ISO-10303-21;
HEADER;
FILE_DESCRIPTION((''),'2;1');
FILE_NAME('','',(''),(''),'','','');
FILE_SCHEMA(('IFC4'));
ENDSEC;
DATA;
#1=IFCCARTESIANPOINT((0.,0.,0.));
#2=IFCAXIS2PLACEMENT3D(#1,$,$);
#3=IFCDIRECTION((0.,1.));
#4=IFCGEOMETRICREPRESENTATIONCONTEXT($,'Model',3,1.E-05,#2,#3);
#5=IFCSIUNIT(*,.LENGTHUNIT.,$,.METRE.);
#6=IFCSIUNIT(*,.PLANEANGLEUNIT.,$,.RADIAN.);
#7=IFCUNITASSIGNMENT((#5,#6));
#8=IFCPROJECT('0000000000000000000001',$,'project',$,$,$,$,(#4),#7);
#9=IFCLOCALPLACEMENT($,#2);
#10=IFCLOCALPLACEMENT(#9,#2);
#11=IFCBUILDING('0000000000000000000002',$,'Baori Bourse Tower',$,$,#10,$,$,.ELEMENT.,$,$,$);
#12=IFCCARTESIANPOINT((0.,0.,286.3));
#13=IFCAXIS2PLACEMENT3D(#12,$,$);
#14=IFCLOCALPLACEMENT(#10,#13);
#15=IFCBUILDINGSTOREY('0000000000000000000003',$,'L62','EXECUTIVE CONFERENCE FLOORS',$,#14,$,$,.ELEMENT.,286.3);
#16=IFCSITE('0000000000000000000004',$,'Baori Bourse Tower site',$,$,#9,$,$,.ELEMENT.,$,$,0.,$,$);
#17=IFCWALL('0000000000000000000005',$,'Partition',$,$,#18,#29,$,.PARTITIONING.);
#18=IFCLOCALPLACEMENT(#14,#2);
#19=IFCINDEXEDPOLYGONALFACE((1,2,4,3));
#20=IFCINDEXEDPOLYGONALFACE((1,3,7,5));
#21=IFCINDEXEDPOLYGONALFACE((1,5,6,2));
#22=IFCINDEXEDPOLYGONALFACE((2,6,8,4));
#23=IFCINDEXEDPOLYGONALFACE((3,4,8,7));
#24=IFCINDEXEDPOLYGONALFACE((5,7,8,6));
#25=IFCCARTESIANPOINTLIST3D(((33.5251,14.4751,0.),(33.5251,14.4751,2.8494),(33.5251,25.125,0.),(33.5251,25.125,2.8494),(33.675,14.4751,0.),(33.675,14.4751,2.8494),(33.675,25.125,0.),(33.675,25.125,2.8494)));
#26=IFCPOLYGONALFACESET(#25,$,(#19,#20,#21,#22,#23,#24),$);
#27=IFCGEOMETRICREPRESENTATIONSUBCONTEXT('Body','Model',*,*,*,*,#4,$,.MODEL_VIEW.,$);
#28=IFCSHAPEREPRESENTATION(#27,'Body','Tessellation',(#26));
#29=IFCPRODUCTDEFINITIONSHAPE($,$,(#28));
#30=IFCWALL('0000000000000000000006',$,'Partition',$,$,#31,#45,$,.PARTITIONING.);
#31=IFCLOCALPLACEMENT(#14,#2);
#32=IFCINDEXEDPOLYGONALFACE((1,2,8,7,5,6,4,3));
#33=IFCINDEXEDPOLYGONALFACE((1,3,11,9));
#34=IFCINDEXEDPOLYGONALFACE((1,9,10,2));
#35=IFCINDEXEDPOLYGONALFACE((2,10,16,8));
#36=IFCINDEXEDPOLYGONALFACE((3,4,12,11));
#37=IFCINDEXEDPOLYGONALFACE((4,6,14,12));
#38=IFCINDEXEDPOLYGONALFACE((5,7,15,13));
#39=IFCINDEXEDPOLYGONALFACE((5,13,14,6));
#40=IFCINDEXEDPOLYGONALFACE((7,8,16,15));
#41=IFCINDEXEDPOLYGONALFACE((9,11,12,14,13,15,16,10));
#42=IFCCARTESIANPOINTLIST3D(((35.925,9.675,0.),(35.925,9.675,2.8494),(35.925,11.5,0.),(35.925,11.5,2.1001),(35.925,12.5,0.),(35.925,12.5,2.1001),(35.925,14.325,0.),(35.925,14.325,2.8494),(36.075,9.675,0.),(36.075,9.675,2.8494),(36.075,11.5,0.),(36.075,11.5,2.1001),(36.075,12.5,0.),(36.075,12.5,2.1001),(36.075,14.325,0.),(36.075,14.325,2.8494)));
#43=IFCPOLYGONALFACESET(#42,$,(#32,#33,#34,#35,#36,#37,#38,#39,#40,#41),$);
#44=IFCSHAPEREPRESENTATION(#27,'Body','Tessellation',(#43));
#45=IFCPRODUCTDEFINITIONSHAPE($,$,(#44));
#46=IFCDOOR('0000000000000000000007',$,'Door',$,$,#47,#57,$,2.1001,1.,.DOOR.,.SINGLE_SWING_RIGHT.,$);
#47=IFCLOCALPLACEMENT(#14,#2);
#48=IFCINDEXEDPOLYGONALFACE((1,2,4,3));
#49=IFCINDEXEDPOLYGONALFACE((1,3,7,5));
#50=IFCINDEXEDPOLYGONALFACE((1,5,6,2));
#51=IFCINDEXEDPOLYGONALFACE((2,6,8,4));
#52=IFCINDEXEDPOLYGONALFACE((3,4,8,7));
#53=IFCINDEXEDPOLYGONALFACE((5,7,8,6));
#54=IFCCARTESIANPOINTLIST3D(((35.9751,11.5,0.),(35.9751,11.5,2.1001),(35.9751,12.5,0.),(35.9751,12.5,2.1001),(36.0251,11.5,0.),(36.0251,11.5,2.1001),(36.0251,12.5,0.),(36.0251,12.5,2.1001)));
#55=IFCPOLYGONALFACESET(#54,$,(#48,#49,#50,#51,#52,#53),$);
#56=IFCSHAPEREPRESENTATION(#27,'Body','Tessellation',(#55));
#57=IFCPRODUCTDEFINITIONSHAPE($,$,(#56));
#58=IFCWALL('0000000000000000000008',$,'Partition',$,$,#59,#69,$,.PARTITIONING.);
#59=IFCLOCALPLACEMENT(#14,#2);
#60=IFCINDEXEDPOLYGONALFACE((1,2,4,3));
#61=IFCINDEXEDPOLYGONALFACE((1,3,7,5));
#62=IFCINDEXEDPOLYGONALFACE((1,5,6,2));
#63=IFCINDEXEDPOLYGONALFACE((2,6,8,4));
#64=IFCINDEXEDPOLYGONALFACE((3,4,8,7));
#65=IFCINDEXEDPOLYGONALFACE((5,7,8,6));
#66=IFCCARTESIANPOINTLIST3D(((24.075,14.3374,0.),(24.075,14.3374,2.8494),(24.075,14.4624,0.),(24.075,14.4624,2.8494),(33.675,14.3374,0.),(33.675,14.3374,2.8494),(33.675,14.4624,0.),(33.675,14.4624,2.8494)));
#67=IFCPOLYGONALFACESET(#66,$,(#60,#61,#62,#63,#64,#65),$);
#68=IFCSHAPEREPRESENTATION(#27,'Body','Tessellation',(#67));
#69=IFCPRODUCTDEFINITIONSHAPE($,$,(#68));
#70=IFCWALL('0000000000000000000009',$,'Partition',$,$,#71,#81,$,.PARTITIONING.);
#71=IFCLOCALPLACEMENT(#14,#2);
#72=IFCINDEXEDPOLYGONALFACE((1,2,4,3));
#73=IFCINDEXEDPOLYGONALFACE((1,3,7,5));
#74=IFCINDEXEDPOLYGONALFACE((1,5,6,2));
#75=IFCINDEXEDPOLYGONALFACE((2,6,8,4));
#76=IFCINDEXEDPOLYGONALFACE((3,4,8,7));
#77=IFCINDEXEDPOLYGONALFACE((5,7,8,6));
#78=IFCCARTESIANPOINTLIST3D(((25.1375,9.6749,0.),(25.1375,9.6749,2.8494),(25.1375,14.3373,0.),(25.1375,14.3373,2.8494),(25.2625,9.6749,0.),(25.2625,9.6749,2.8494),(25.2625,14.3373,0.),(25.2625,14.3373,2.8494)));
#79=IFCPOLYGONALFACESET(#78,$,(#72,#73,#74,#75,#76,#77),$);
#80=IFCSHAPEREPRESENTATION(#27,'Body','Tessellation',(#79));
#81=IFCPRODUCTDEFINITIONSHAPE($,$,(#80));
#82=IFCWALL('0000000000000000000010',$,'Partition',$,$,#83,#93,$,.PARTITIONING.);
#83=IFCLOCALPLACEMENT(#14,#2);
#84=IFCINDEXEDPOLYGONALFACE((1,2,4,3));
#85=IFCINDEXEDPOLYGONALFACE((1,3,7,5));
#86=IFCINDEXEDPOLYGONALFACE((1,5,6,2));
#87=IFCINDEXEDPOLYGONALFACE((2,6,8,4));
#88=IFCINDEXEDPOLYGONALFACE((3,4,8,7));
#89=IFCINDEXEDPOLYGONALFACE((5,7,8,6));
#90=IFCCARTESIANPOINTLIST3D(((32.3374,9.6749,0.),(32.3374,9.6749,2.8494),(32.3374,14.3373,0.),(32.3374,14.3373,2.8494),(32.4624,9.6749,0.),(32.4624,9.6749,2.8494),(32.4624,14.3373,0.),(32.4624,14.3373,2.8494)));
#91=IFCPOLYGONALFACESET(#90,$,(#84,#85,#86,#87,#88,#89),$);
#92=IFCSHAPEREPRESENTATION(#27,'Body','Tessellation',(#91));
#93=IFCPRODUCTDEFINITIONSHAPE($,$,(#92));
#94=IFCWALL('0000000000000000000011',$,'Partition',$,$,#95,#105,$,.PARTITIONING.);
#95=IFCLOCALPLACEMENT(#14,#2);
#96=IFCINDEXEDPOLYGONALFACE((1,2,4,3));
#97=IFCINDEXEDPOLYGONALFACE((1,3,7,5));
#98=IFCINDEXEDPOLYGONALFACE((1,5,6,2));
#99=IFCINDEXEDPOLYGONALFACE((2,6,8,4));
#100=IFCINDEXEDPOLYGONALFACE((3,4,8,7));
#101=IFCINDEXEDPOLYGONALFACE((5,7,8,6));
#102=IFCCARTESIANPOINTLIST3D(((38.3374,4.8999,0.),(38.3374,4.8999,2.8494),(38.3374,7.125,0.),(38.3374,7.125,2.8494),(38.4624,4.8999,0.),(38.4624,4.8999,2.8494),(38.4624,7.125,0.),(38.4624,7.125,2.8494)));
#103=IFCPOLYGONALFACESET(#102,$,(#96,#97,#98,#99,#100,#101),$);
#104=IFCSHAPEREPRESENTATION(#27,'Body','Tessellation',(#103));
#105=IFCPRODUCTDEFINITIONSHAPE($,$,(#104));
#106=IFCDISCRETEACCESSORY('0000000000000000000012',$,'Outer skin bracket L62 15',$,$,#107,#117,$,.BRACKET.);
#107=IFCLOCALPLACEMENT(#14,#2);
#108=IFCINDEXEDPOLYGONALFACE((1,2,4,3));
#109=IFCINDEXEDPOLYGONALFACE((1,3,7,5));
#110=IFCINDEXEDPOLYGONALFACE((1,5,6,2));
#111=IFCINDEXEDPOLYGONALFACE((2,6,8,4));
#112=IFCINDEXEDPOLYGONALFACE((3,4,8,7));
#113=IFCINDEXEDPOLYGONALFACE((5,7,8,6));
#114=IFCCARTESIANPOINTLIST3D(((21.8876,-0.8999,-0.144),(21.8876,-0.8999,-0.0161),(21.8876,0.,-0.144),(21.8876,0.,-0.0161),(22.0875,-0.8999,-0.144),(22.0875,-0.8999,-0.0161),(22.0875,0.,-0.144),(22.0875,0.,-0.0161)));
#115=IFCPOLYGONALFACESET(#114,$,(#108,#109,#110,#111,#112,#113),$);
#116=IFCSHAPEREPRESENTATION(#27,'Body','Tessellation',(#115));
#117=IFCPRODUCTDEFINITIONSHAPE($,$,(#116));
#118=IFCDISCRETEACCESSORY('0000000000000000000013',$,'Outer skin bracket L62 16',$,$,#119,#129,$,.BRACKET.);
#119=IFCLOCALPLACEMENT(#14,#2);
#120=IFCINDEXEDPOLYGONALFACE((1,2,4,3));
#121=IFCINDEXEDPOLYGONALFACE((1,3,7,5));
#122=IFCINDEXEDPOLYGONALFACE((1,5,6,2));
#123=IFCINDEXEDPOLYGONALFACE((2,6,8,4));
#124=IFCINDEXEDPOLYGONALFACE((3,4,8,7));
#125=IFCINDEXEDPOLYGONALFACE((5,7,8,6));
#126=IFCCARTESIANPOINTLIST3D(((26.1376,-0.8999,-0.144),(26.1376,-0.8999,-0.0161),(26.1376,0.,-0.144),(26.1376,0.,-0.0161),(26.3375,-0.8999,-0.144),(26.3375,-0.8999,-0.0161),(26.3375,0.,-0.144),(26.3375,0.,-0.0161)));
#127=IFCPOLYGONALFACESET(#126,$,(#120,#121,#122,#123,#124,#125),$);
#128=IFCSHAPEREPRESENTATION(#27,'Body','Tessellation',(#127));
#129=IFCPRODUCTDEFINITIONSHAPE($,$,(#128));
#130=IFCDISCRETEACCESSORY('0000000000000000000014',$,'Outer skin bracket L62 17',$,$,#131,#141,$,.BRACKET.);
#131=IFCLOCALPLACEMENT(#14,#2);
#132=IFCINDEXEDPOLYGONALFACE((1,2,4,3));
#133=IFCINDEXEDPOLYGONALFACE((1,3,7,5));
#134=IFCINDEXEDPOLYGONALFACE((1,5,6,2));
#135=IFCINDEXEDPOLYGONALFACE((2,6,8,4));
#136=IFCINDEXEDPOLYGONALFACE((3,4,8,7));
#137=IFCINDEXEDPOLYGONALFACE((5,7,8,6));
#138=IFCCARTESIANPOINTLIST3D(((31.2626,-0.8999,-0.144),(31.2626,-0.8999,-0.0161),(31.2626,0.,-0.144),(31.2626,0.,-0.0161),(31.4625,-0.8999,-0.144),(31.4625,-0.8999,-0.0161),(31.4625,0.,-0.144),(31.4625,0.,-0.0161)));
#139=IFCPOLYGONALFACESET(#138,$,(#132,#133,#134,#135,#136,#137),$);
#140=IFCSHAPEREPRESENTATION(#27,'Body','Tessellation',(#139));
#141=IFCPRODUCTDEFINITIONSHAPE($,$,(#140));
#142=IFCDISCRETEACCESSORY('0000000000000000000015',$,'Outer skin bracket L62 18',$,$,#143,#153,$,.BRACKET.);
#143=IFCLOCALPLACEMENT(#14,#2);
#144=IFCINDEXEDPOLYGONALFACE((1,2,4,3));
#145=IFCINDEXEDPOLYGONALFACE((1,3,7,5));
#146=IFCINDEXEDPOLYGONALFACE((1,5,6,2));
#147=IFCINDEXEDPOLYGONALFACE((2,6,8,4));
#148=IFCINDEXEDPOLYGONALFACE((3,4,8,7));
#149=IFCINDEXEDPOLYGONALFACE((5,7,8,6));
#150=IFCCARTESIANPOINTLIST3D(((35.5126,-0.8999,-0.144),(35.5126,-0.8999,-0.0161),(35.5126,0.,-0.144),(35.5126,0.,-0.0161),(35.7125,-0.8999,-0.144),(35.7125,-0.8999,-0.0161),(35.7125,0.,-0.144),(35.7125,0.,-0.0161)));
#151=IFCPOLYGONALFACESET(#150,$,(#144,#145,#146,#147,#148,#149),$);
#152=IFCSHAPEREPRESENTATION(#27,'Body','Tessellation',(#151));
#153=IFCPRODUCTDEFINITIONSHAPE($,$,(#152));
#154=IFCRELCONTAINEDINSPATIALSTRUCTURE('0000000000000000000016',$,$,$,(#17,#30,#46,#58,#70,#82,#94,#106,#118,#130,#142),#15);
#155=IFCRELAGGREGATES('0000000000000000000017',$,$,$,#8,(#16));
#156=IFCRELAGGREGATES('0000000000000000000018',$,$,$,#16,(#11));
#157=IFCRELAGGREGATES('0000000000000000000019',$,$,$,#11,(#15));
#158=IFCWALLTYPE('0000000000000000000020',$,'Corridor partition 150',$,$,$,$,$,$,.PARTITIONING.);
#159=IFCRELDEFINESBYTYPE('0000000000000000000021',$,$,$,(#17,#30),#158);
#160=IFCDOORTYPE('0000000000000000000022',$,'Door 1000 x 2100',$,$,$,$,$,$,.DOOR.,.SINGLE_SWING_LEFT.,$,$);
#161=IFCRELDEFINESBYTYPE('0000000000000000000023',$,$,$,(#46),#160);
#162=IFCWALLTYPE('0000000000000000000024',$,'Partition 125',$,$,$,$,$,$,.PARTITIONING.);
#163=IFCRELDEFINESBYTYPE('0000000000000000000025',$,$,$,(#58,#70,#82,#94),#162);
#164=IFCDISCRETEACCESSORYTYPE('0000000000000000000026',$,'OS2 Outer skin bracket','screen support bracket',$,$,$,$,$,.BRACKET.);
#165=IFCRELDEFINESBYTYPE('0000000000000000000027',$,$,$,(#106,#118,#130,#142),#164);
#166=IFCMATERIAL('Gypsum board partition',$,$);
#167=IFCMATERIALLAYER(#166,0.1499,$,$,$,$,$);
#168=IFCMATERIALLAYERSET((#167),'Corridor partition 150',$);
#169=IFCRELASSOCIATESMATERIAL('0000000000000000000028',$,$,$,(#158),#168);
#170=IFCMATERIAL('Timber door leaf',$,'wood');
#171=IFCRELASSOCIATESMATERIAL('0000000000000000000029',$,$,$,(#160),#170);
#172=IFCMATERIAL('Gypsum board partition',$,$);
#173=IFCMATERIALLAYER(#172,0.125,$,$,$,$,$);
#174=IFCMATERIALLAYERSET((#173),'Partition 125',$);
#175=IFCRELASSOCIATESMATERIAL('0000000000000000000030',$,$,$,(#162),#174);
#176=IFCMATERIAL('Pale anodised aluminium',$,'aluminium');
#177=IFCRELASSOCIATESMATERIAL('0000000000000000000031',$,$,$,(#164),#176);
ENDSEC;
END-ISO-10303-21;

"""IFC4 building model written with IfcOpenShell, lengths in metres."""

from ifc_helpers import new_model, si_unit, direction, frame, frame_2d, origin, origin_2d, place, context, subcontext, project, spatial, rectangle, extrude, material, layer, layer_set, type_object, element, fill, save


model = new_model("IFC4")

# Units and contexts
model_context = context("Model", 3, precision=1e-05, world=origin(), true_north=direction((0.0, 1.0)))
body_context = subcontext(model_context, "Body", "Model", "MODEL_VIEW")
ifc_project = project(units=[si_unit("LENGTHUNIT", "METRE"), si_unit("PLANEANGLEUNIT", "RADIAN")], contexts=[model_context])

# Site, building, storey
site_placement = place(None, origin())
site = spatial("IfcSite", under=ifc_project, at=site_placement, Name="Baori Bourse Tower site", CompositionType="ELEMENT", RefElevation=0.0)
building_placement = place(site_placement, origin())
building = spatial("IfcBuilding", under=site, at=building_placement, Name="Baori Bourse Tower", CompositionType="ELEMENT")
storey_placement = place(building_placement, frame((0.0, 0.0, 286.3)))
storey = spatial("IfcBuildingStorey", under=building, at=storey_placement, Name="L62", Description="EXECUTIVE CONFERENCE FLOORS", CompositionType="ELEMENT", Elevation=286.3)

# Shared definitions
ifc_material_1 = material(Name="Gypsum board partition")
ifc_layer_1 = layer(ifc_material_1, 0.1499)
ifc_layer_set_1 = layer_set([ifc_layer_1], Name="Corridor partition 150")
wall_type_1 = type_object("IfcWallType", Name="Corridor partition 150", PredefinedType="PARTITIONING", material=ifc_layer_set_1)

# Shared definitions
ifc_material_2 = material(Name="Timber door leaf", Category="wood")
door_type = type_object("IfcDoorType", Name="Door 1000 x 2100", OperationType="SINGLE_SWING_LEFT", PredefinedType="DOOR", material=ifc_material_2)

# Wall
wall_1_placement = place(storey_placement, frame((33.6001, 14.4751, 0.0), z_axis=(0.0, 0.0, 1.0), x_axis=(0.0, 1.0, 0.0)))
element("IfcWall", 1, at=wall_1_placement, inside=storey, type_object=wall_type_1, Name="Partition", PredefinedType="PARTITIONING", context=body_context, shape_type="SweptSolid", body=[
    extrude(rectangle(XDim=10.6499, YDim=0.1499, at=frame_2d((5.325, 0.0))), origin(), (0.0, 0.0, 1.0), 2.8494),
])

# Wall, opening, door
wall_2_placement = place(storey_placement, frame((36.0, 9.675, 0.0), z_axis=(0.0, 0.0, 1.0), x_axis=(0.0, 1.0, 0.0)))
wall_2 = element("IfcWall", 2, at=wall_2_placement, inside=storey, type_object=wall_type_1, Name="Partition", PredefinedType="PARTITIONING", context=body_context, shape_type="SweptSolid", body=[
    extrude(rectangle(XDim=4.6499, YDim=0.1499, at=frame_2d((2.325, 0.0))), origin(), (0.0, 0.0, 1.0), 2.8494),
])
opening_1_placement = place(wall_2_placement, frame((1.825, 0.0, 0.0)))
opening_1 = element("IfcOpeningElement", 3, at=opening_1_placement, cuts=wall_2, PredefinedType="OPENING", context=body_context, shape_type="SweptSolid", body=[
    extrude(rectangle(XDim=1.0, YDim=2.1001, at=frame_2d((0.5, 1.05))), frame((0.0, 0.085, 0.0), z_axis=(0.0, -1.0, 0.0), x_axis=(1.0, 0.0, 0.0)), (0.0, 0.0, 1.0), 0.1699),
])
door_1_placement = place(opening_1_placement, origin())
door_1 = element("IfcDoor", 4, at=door_1_placement, inside=storey, type_object=door_type, Name="Door", OperationType="SINGLE_SWING_RIGHT", OverallHeight=2.1001, OverallWidth=1.0, PredefinedType="DOOR", context=body_context, shape_type="SweptSolid", body=[
    extrude(rectangle(XDim=1.0, YDim=2.1001, at=frame_2d((0.5, 1.05))), frame((0.0, 0.0249, 0.0), z_axis=(0.0, -1.0, 0.0), x_axis=(1.0, 0.0, 0.0)), (0.0, 0.0, 1.0), 0.05),
])
fill(opening_1, door_1)

# Walls
ifc_material_3 = material(Name="Gypsum board partition")
ifc_layer_2 = layer(ifc_material_3, 0.125)
ifc_layer_set_2 = layer_set([ifc_layer_2], Name="Partition 125")
wall_type_2 = type_object("IfcWallType", Name="Partition 125", PredefinedType="PARTITIONING", material=ifc_layer_set_2)
wall_3_placement = place(storey_placement, frame((24.075, 14.3999, 0.0), z_axis=(0.0, 0.0, 1.0), x_axis=(1.0, 0.0, 0.0)))
element("IfcWall", 5, at=wall_3_placement, inside=storey, type_object=wall_type_2, Name="Partition", PredefinedType="PARTITIONING", context=body_context, shape_type="SweptSolid", body=[
    extrude(rectangle(XDim=9.6001, YDim=0.125, at=frame_2d((4.8, 0.0))), origin(), (0.0, 0.0, 1.0), 2.8494),
])
for number, where, z_axis, x_axis, name in (
    (6, (25.2, 9.675, 0.0), (0.0, 0.0, 1.0), (0.0, 1.0, 0.0), "Partition"),
    (7, (32.3999, 9.675, 0.0), (0.0, 0.0, 1.0), (0.0, 1.0, 0.0), "Partition"),
):
    element("IfcWall", number, at=place(storey_placement, frame(where, z_axis=z_axis, x_axis=x_axis)), inside=storey, type_object=wall_type_2, Name=name, PredefinedType="PARTITIONING", context=body_context, shape_type="SweptSolid", body=[
        extrude(rectangle(XDim=4.6624, YDim=0.125, at=frame_2d((2.3311, 0.0))), origin(), (0.0, 0.0, 1.0), 2.8494),
    ])
wall_4_placement = place(storey_placement, frame((38.3999, 4.8999, 0.0), z_axis=(0.0, 0.0, 1.0), x_axis=(0.0, 1.0, 0.0)))
element("IfcWall", 8, at=wall_4_placement, inside=storey, type_object=wall_type_2, Name="Partition", PredefinedType="PARTITIONING", context=body_context, shape_type="SweptSolid", body=[
    extrude(rectangle(XDim=2.2251, YDim=0.125, at=frame_2d((1.1125, 0.0))), origin(), (0.0, 0.0, 1.0), 2.8494),
])

# Discrete accessories
ifc_material_4 = material(Name="Pale anodised aluminium", Category="aluminium")
discrete_accessory_type = type_object("IfcDiscreteAccessoryType", Name="OS2 Outer skin bracket", Description="screen support bracket", PredefinedType="BRACKET", material=ifc_material_4)
for number, where, z_axis, x_axis, name in (
    (9, (21.9875, -0.45, -0.144), (0.0, 0.0, 1.0), (1.0, 0.0, 0.0), "Outer skin bracket L62 15"),
    (10, (26.2375, -0.45, -0.144), (0.0, 0.0, 1.0), (1.0, 0.0, 0.0), "Outer skin bracket L62 16"),
    (11, (31.3625, -0.45, -0.144), (0.0, 0.0, 1.0), (1.0, 0.0, 0.0), "Outer skin bracket L62 17"),
    (12, (35.6125, -0.45, -0.144), (0.0, 0.0, 1.0), (1.0, 0.0, 0.0), "Outer skin bracket L62 18"),
):
    element("IfcDiscreteAccessory", number, at=place(storey_placement, frame(where, z_axis=z_axis, x_axis=x_axis)), inside=storey, type_object=discrete_accessory_type, Name=name, PredefinedType="BRACKET", context=body_context, shape_type="SweptSolid", body=[
        extrude(rectangle(XDim=0.2, YDim=0.8999, at=origin_2d()), origin(), (0.0, 0.0, 1.0), 0.1279),
    ])

save(model, "model.ifc")
